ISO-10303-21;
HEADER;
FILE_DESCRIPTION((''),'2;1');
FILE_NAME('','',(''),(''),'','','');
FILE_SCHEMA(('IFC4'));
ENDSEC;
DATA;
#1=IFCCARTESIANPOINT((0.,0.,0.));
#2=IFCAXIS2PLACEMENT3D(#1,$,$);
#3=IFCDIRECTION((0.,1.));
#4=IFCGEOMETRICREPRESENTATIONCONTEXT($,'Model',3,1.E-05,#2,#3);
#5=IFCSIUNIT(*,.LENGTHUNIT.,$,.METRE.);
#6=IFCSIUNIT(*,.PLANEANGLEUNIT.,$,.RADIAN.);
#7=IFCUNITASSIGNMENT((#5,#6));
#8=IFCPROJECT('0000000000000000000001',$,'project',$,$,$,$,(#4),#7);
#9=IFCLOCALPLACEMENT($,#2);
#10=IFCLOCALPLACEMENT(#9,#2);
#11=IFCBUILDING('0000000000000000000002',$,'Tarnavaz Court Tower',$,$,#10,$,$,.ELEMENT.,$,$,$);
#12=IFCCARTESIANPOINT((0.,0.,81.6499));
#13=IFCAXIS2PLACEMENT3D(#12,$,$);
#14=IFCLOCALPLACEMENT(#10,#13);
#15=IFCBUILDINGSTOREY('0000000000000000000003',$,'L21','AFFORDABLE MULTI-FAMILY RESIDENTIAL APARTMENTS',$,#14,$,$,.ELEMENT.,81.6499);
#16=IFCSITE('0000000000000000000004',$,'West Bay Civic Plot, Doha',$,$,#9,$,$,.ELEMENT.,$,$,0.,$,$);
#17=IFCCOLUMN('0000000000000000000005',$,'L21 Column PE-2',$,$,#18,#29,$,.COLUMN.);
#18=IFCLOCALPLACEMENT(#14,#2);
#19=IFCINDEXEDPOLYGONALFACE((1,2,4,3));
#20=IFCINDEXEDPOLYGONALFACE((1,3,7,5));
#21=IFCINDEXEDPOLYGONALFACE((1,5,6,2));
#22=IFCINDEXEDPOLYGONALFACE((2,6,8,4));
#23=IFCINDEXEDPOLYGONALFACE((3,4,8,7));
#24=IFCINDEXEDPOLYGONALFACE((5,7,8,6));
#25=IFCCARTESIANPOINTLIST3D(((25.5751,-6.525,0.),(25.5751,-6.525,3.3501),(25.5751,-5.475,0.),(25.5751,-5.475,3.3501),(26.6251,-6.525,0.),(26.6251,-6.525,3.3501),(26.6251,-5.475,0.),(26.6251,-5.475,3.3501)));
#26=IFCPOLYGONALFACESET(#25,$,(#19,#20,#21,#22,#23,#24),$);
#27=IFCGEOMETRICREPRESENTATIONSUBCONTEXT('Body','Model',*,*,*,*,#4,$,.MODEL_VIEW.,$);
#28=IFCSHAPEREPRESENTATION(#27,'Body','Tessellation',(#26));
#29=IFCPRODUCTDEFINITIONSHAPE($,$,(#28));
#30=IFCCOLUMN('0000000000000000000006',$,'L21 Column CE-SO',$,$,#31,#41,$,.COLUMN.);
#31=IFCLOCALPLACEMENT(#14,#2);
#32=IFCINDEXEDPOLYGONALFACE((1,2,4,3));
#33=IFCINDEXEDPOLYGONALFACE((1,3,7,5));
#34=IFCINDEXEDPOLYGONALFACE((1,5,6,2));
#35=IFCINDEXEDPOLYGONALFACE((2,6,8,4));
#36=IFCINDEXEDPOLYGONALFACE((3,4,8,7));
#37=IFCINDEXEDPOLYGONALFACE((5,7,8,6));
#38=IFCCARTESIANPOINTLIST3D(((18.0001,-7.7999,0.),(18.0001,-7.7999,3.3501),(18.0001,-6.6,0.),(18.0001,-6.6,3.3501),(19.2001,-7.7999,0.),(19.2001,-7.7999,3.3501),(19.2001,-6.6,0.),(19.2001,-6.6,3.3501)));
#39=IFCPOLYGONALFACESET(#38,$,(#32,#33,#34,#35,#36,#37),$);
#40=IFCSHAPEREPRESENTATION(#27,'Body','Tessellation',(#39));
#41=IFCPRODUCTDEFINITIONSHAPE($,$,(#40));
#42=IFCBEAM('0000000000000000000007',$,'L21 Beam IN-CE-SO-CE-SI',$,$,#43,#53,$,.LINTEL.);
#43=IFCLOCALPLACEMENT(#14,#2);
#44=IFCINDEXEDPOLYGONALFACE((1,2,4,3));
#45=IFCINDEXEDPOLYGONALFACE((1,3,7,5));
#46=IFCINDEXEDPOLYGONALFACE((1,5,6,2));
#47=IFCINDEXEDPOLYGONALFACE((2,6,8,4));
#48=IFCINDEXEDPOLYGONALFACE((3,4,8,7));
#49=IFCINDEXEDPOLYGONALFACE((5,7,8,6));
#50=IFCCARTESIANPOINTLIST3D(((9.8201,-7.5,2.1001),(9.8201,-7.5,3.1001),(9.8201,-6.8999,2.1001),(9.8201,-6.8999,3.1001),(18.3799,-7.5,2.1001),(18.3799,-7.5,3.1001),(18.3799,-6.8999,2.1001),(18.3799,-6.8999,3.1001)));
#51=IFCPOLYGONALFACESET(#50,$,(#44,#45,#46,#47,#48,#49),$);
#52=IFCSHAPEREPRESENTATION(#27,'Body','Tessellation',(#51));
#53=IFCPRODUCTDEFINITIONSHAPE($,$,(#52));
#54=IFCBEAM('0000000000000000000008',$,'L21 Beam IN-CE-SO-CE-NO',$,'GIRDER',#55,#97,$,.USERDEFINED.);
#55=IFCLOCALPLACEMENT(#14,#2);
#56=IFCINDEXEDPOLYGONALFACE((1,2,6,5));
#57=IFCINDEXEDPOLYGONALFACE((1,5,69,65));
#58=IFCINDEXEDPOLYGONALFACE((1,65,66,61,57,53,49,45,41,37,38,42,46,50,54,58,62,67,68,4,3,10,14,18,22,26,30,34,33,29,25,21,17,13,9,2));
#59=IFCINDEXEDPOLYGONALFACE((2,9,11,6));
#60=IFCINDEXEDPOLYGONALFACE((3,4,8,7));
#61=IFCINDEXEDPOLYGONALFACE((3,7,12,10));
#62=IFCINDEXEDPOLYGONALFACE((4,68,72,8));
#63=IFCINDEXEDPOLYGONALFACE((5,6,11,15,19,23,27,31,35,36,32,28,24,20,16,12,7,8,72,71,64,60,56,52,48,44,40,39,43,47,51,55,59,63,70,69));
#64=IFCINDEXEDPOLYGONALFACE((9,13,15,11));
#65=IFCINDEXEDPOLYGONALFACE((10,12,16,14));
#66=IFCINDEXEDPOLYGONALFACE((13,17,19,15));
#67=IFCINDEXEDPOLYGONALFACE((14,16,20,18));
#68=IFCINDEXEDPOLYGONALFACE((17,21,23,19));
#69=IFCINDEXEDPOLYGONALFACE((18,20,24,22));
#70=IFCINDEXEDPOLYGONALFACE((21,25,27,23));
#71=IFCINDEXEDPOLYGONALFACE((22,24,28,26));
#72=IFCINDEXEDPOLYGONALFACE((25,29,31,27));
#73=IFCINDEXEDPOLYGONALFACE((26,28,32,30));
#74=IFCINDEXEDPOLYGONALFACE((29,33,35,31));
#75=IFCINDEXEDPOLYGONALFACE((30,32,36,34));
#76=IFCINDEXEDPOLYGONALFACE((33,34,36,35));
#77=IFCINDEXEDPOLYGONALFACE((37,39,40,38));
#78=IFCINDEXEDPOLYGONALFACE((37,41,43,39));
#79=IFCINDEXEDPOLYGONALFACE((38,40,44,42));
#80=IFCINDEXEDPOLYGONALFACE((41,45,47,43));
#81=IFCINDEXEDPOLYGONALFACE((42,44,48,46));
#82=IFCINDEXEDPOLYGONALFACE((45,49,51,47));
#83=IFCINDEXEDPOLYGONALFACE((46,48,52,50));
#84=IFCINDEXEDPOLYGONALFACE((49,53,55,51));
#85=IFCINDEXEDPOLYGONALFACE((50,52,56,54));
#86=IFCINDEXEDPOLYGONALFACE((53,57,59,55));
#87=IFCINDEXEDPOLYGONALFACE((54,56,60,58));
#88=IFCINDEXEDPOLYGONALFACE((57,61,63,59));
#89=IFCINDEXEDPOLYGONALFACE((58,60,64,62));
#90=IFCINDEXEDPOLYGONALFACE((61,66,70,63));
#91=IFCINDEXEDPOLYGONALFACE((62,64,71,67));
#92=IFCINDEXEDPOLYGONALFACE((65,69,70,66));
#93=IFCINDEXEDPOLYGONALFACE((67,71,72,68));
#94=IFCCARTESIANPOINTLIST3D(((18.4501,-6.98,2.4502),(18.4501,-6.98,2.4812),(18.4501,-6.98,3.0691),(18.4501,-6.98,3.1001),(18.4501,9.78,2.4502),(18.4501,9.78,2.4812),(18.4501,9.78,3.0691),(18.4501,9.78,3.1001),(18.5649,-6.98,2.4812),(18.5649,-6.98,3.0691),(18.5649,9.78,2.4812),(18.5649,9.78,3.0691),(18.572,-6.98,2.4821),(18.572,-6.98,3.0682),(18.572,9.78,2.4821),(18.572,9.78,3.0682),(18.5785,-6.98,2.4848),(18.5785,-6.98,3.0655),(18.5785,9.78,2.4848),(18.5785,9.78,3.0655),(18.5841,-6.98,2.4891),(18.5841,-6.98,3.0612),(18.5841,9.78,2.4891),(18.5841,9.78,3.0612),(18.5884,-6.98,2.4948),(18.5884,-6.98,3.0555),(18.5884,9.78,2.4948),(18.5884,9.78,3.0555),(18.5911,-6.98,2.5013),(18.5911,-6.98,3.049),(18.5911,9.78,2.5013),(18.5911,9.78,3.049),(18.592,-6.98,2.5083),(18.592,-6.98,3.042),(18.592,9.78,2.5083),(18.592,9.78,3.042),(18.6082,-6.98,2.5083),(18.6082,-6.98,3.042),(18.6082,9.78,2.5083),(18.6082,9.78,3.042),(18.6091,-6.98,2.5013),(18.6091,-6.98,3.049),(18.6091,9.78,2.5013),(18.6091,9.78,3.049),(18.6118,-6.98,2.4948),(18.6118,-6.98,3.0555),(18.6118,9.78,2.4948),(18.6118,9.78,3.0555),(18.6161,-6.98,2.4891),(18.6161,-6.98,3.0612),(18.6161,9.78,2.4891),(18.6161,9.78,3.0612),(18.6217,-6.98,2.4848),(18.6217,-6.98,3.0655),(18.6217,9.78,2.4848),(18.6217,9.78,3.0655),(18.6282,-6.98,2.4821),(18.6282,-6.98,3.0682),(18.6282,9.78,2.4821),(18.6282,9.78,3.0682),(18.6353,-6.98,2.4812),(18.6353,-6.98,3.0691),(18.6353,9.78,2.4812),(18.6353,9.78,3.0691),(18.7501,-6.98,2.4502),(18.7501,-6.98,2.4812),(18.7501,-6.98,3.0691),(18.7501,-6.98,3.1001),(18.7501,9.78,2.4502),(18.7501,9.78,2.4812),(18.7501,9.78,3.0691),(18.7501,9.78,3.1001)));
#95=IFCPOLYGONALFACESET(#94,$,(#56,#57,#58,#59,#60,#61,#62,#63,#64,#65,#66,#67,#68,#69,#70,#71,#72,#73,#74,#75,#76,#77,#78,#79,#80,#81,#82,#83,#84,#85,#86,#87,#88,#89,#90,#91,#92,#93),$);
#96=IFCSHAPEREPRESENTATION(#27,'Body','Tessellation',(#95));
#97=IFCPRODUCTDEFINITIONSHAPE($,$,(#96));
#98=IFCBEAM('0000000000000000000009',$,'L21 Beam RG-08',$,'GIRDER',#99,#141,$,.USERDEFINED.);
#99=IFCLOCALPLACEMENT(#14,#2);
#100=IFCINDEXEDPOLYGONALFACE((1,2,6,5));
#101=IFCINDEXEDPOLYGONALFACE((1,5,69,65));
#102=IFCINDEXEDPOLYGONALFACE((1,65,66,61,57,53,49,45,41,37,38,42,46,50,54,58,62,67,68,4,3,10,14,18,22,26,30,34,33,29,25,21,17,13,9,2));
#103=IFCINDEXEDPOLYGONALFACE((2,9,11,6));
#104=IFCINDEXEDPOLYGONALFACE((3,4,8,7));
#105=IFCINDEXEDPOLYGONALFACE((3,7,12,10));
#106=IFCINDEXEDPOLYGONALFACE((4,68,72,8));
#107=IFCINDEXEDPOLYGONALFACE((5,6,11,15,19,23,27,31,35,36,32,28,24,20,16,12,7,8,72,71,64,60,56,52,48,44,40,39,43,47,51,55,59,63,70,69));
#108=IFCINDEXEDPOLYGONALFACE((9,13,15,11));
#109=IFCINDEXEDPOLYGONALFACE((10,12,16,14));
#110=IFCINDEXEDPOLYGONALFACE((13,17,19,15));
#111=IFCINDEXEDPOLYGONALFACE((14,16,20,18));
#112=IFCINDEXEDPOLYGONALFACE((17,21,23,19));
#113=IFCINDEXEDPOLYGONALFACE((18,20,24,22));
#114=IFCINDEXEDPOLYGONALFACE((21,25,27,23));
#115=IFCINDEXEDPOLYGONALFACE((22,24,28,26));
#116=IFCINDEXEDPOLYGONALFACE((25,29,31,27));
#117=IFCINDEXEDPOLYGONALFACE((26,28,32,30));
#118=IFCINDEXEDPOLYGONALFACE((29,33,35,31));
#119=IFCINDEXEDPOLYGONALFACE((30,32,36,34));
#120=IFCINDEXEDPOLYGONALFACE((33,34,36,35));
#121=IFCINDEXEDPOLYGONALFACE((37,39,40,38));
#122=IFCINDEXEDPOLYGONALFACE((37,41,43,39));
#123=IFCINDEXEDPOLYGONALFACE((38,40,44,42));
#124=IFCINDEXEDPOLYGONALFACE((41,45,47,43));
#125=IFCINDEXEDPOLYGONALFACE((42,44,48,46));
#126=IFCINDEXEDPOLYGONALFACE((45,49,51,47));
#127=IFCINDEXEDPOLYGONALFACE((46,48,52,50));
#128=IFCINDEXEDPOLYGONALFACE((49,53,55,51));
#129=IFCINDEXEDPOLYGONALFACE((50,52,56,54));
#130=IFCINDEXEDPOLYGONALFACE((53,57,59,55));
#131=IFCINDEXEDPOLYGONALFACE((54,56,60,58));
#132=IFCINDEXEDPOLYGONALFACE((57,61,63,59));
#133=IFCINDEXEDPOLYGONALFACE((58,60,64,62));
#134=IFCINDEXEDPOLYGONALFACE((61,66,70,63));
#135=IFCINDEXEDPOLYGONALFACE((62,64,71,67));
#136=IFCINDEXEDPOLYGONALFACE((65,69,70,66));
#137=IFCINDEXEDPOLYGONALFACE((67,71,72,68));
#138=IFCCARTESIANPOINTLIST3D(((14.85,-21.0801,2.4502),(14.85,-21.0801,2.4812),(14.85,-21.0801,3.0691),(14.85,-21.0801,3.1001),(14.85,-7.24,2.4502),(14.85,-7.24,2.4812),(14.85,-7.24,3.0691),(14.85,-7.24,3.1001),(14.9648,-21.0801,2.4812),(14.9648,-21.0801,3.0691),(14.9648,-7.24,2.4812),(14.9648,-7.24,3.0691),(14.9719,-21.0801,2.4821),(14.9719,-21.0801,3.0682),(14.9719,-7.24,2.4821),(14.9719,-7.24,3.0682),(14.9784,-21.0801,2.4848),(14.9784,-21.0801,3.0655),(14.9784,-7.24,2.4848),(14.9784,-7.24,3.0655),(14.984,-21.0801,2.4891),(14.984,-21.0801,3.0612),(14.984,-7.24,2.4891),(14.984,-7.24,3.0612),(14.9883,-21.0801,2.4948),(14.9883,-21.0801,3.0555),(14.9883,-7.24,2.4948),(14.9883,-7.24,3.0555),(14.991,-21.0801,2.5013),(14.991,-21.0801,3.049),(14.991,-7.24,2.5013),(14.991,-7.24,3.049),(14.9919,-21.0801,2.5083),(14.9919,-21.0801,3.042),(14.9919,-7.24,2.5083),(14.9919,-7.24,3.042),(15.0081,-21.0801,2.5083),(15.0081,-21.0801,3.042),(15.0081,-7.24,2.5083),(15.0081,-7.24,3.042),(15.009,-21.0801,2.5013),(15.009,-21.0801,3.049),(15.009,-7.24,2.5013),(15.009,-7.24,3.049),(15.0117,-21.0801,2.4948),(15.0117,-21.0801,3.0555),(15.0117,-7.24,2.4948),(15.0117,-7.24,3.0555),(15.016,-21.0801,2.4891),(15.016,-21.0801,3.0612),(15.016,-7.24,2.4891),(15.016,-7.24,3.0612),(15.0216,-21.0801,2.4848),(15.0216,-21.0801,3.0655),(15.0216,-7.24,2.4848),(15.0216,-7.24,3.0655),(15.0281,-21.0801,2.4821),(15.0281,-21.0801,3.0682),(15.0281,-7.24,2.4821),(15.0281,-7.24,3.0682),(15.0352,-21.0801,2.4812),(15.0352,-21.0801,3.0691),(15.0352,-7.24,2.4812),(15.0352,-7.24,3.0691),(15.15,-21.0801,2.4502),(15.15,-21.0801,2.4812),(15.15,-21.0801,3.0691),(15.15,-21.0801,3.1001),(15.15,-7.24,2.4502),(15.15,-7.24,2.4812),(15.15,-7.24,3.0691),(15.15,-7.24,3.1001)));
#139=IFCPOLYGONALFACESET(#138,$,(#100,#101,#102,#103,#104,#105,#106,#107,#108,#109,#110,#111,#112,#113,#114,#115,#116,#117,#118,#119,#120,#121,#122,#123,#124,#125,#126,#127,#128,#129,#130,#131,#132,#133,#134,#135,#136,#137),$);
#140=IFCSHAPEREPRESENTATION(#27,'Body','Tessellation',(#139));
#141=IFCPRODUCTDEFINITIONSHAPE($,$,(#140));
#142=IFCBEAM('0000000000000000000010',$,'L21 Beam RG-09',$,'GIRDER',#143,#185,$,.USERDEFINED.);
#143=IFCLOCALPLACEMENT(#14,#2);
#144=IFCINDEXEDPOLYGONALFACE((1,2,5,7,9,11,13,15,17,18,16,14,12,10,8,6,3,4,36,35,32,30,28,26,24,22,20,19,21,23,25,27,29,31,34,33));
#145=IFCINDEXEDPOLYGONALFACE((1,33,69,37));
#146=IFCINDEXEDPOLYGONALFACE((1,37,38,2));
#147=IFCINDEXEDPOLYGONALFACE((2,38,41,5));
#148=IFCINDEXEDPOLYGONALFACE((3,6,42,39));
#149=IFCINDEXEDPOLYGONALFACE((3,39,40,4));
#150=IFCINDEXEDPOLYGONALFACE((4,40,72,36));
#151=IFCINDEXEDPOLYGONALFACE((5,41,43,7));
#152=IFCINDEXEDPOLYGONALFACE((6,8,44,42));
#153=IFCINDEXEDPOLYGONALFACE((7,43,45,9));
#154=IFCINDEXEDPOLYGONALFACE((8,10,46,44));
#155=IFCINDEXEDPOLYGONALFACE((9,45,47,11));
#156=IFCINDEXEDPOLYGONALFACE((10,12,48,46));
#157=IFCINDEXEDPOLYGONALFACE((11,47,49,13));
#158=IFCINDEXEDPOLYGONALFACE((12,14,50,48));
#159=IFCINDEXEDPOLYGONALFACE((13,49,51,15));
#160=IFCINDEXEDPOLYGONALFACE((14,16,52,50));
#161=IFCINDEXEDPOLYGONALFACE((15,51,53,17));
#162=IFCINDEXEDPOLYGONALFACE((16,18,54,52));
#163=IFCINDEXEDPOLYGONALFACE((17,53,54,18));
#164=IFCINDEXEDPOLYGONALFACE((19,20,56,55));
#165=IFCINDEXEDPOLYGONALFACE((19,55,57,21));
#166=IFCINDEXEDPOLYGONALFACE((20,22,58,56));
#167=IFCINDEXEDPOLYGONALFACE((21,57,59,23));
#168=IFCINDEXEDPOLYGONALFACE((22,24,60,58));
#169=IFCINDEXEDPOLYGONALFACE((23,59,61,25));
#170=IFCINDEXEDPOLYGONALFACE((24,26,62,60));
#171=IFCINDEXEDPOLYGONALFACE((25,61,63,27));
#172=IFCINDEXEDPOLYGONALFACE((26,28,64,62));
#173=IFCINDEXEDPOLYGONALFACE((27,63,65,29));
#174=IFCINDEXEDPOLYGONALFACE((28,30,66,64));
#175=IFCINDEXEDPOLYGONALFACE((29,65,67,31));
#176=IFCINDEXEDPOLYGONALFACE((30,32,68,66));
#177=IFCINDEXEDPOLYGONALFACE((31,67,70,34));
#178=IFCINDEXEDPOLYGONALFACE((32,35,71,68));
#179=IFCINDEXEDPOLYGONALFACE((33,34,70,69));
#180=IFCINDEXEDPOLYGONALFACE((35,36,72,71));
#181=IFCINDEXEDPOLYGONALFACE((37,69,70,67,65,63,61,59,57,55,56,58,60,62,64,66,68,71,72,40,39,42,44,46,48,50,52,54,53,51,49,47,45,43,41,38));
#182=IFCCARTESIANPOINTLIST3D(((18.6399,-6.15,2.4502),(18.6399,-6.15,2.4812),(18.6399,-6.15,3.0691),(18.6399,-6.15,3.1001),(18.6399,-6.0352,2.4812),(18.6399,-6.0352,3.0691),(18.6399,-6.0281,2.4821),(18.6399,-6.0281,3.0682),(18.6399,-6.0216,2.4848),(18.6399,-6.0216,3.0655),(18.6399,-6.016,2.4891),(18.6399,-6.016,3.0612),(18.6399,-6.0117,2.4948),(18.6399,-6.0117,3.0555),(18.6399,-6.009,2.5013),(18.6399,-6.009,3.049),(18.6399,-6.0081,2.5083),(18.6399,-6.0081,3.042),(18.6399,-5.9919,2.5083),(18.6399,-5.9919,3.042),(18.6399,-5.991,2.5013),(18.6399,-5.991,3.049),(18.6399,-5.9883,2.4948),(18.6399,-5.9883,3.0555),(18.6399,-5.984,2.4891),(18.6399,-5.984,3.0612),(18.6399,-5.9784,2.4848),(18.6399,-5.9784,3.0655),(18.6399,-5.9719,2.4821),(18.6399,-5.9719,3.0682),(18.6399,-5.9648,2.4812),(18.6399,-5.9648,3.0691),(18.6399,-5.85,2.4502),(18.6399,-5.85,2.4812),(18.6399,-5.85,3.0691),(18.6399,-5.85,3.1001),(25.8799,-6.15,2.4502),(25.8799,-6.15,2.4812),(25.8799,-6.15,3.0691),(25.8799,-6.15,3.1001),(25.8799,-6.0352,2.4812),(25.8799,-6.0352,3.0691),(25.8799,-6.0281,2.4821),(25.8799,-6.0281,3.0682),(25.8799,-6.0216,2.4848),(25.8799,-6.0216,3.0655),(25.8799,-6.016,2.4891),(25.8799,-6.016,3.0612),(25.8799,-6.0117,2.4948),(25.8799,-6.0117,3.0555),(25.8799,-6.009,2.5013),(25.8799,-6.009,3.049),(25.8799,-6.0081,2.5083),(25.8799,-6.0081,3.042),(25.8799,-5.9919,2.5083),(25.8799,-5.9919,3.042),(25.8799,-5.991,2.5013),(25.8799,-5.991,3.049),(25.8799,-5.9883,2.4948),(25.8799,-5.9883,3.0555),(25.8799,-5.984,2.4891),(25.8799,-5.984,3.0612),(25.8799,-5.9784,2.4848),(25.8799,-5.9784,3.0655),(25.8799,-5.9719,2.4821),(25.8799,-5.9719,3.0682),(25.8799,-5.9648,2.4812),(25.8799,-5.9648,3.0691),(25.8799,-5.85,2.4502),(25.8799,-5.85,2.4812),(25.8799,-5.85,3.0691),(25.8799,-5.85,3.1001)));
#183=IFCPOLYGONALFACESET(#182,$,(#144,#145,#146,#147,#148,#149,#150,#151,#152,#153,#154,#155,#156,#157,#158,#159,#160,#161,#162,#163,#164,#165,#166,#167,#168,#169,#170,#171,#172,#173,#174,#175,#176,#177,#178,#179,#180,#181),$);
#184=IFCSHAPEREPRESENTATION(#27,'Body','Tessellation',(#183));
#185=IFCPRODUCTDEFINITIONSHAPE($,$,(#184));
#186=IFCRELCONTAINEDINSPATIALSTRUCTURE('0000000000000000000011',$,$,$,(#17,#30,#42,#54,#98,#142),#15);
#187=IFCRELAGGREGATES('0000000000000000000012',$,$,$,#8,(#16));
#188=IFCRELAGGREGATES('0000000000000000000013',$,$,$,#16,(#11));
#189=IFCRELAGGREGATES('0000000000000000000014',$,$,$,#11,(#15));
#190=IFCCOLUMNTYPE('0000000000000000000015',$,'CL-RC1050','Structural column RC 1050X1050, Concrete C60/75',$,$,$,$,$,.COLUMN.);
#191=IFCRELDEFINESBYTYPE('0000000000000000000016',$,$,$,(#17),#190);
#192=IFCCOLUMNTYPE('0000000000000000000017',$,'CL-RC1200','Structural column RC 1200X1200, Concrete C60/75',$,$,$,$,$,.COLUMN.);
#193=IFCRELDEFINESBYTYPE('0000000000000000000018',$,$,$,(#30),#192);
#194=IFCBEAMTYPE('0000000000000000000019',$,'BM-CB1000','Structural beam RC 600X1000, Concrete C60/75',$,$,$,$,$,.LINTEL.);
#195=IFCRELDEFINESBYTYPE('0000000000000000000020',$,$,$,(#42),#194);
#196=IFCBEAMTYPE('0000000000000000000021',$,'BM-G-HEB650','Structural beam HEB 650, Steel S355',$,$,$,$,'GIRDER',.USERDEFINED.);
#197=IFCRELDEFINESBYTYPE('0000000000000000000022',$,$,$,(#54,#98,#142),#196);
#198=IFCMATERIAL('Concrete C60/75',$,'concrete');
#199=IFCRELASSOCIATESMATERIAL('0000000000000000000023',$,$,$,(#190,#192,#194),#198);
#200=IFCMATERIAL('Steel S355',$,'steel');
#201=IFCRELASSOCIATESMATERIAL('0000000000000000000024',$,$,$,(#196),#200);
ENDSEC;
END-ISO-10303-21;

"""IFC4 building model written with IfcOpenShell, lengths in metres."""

from ifc_helpers import new_model, si_unit, direction, frame, origin, origin_2d, place, context, subcontext, project, spatial, rectangle, i_section, extrude, material, material_profile, profile_set, type_object, element, save


model = new_model("IFC4")

# Units and contexts
model_context = context("Model", 3, precision=1e-05, world=origin(), true_north=direction((0.0, 1.0)))
body_context = subcontext(model_context, "Body", "Model", "MODEL_VIEW")
ifc_project = project(units=[si_unit("LENGTHUNIT", "METRE"), si_unit("PLANEANGLEUNIT", "RADIAN")], contexts=[model_context])

# Site, building, storey
site_placement = place(None, origin())
site = spatial("IfcSite", under=ifc_project, at=site_placement, Name="West Bay Civic Plot, Doha", CompositionType="ELEMENT", RefElevation=0.0)
building_placement = place(site_placement, origin())
building = spatial("IfcBuilding", under=site, at=building_placement, Name="Tarnavaz Court Tower", CompositionType="ELEMENT")
storey_placement = place(building_placement, frame((0.0, 0.0, 81.6499)))
storey = spatial("IfcBuildingStorey", under=building, at=storey_placement, Name="L21", Description="AFFORDABLE MULTI-FAMILY RESIDENTIAL APARTMENTS", CompositionType="ELEMENT", Elevation=81.6499)

# Columns
ifc_material_1 = material(Name="Concrete C60/75", Category="concrete")
ifc_material_profile_1 = material_profile(ifc_material_1, rectangle(XDim=1.05, YDim=1.05, at=origin_2d()), Name="RC 1050X1050")
ifc_profile_set_1 = profile_set([ifc_material_profile_1], Name="Concrete C60/75")
column_type_1 = type_object("IfcColumnType", Name="CL-RC1050", Description="Structural column RC 1050X1050, Concrete C60/75", PredefinedType="COLUMN", material=ifc_profile_set_1)
column_1_placement = place(storey_placement, frame((26.1001, -6.0, 0.0), z_axis=(0.0, 0.0, 1.0), x_axis=(1.0, 0.0, 0.0)))
element("IfcColumn", 1, at=column_1_placement, inside=storey, type_object=column_type_1, Name="L21 Column PE-2", PredefinedType="COLUMN", context=body_context, shape_type="SweptSolid", body=[
    extrude(rectangle(XDim=1.05, YDim=1.05, at=origin_2d()), origin(), (0.0, 0.0, 1.0), 3.3501),
])
ifc_material_profile_2 = material_profile(ifc_material_1, rectangle(XDim=1.2, YDim=1.2, at=origin_2d()), Name="RC 1200X1200")
ifc_profile_set_2 = profile_set([ifc_material_profile_2], Name="Concrete C60/75")
column_type_2 = type_object("IfcColumnType", Name="CL-RC1200", Description="Structural column RC 1200X1200, Concrete C60/75", PredefinedType="COLUMN", material=ifc_profile_set_2)
column_2_placement = place(storey_placement, frame((18.6001, -7.2, 0.0), z_axis=(0.0, 0.0, 1.0), x_axis=(1.0, 0.0, 0.0)))
element("IfcColumn", 2, at=column_2_placement, inside=storey, type_object=column_type_2, Name="L21 Column CE-SO", PredefinedType="COLUMN", context=body_context, shape_type="SweptSolid", body=[
    extrude(rectangle(XDim=1.2, YDim=1.2, at=origin_2d()), origin(), (0.0, 0.0, 1.0), 3.3501),
])

# Beams
ifc_material_profile_3 = material_profile(ifc_material_1, rectangle(XDim=0.6001, YDim=1.0, at=origin_2d()), Name="RC 600X1000")
ifc_profile_set_3 = profile_set([ifc_material_profile_3], Name="Concrete C60/75")
beam_type_1 = type_object("IfcBeamType", Name="BM-CB1000", Description="Structural beam RC 600X1000, Concrete C60/75", PredefinedType="LINTEL", material=ifc_profile_set_3)
beam_1_placement = place(storey_placement, frame((18.3799, -7.2, 2.6001), z_axis=(-1.0, 0.0, 0.0), x_axis=(0.0, -1.0, 0.0)))
element("IfcBeam", 3, at=beam_1_placement, inside=storey, type_object=beam_type_1, Name="L21 Beam IN-CE-SO-CE-SI", PredefinedType="LINTEL", context=body_context, shape_type="SweptSolid", body=[
    extrude(rectangle(XDim=0.6001, YDim=1.0, at=origin_2d()), origin(), (0.0, 0.0, 1.0), 8.5598),
])
ifc_material_2 = material(Name="Steel S355", Category="steel")
ifc_material_profile_4 = material_profile(ifc_material_2, i_section(OverallWidth=0.3, OverallDepth=0.6499, WebThickness=0.0161, FlangeThickness=0.031, FilletRadius=0.0271, at=origin_2d()), Name="HEB 650")
ifc_profile_set_4 = profile_set([ifc_material_profile_4], Name="Steel S355")
beam_type_2 = type_object("IfcBeamType", Name="BM-G-HEB650", Description="Structural beam HEB 650, Steel S355", ElementType="GIRDER", PredefinedType="USERDEFINED", material=ifc_profile_set_4)
beam_2_placement = place(storey_placement, frame((18.6001, -6.98, 2.7751), z_axis=(0.0, 1.0, 0.0), x_axis=(-1.0, 0.0, 0.0)))
element("IfcBeam", 4, at=beam_2_placement, inside=storey, type_object=beam_type_2, Name="L21 Beam IN-CE-SO-CE-NO", ObjectType="GIRDER", PredefinedType="USERDEFINED", context=body_context, shape_type="SweptSolid", body=[
    extrude(i_section(OverallWidth=0.3, OverallDepth=0.6499, WebThickness=0.0161, FlangeThickness=0.031, FilletRadius=0.0271, at=origin_2d()), origin(), (0.0, 0.0, 1.0), 16.76),
])
beam_3_placement = place(storey_placement, frame((15.0, -7.24, 2.7751), z_axis=(0.0, -1.0, 0.0), x_axis=(1.0, 0.0, 0.0)))
element("IfcBeam", 5, at=beam_3_placement, inside=storey, type_object=beam_type_2, Name="L21 Beam RG-08", ObjectType="GIRDER", PredefinedType="USERDEFINED", context=body_context, shape_type="SweptSolid", body=[
    extrude(i_section(OverallWidth=0.3, OverallDepth=0.6499, WebThickness=0.0161, FlangeThickness=0.031, FilletRadius=0.0271, at=origin_2d()), origin(), (0.0, 0.0, 1.0), 13.8401),
])
beam_4_placement = place(storey_placement, frame((18.6399, -6.0, 2.7751), z_axis=(1.0, 0.0, 0.0), x_axis=(0.0, 1.0, 0.0)))
element("IfcBeam", 6, at=beam_4_placement, inside=storey, type_object=beam_type_2, Name="L21 Beam RG-09", ObjectType="GIRDER", PredefinedType="USERDEFINED", context=body_context, shape_type="SweptSolid", body=[
    extrude(i_section(OverallWidth=0.3, OverallDepth=0.6499, WebThickness=0.0161, FlangeThickness=0.031, FilletRadius=0.0271, at=origin_2d()), origin(), (0.0, 0.0, 1.0), 7.24),
])

save(model, "model.ifc")
